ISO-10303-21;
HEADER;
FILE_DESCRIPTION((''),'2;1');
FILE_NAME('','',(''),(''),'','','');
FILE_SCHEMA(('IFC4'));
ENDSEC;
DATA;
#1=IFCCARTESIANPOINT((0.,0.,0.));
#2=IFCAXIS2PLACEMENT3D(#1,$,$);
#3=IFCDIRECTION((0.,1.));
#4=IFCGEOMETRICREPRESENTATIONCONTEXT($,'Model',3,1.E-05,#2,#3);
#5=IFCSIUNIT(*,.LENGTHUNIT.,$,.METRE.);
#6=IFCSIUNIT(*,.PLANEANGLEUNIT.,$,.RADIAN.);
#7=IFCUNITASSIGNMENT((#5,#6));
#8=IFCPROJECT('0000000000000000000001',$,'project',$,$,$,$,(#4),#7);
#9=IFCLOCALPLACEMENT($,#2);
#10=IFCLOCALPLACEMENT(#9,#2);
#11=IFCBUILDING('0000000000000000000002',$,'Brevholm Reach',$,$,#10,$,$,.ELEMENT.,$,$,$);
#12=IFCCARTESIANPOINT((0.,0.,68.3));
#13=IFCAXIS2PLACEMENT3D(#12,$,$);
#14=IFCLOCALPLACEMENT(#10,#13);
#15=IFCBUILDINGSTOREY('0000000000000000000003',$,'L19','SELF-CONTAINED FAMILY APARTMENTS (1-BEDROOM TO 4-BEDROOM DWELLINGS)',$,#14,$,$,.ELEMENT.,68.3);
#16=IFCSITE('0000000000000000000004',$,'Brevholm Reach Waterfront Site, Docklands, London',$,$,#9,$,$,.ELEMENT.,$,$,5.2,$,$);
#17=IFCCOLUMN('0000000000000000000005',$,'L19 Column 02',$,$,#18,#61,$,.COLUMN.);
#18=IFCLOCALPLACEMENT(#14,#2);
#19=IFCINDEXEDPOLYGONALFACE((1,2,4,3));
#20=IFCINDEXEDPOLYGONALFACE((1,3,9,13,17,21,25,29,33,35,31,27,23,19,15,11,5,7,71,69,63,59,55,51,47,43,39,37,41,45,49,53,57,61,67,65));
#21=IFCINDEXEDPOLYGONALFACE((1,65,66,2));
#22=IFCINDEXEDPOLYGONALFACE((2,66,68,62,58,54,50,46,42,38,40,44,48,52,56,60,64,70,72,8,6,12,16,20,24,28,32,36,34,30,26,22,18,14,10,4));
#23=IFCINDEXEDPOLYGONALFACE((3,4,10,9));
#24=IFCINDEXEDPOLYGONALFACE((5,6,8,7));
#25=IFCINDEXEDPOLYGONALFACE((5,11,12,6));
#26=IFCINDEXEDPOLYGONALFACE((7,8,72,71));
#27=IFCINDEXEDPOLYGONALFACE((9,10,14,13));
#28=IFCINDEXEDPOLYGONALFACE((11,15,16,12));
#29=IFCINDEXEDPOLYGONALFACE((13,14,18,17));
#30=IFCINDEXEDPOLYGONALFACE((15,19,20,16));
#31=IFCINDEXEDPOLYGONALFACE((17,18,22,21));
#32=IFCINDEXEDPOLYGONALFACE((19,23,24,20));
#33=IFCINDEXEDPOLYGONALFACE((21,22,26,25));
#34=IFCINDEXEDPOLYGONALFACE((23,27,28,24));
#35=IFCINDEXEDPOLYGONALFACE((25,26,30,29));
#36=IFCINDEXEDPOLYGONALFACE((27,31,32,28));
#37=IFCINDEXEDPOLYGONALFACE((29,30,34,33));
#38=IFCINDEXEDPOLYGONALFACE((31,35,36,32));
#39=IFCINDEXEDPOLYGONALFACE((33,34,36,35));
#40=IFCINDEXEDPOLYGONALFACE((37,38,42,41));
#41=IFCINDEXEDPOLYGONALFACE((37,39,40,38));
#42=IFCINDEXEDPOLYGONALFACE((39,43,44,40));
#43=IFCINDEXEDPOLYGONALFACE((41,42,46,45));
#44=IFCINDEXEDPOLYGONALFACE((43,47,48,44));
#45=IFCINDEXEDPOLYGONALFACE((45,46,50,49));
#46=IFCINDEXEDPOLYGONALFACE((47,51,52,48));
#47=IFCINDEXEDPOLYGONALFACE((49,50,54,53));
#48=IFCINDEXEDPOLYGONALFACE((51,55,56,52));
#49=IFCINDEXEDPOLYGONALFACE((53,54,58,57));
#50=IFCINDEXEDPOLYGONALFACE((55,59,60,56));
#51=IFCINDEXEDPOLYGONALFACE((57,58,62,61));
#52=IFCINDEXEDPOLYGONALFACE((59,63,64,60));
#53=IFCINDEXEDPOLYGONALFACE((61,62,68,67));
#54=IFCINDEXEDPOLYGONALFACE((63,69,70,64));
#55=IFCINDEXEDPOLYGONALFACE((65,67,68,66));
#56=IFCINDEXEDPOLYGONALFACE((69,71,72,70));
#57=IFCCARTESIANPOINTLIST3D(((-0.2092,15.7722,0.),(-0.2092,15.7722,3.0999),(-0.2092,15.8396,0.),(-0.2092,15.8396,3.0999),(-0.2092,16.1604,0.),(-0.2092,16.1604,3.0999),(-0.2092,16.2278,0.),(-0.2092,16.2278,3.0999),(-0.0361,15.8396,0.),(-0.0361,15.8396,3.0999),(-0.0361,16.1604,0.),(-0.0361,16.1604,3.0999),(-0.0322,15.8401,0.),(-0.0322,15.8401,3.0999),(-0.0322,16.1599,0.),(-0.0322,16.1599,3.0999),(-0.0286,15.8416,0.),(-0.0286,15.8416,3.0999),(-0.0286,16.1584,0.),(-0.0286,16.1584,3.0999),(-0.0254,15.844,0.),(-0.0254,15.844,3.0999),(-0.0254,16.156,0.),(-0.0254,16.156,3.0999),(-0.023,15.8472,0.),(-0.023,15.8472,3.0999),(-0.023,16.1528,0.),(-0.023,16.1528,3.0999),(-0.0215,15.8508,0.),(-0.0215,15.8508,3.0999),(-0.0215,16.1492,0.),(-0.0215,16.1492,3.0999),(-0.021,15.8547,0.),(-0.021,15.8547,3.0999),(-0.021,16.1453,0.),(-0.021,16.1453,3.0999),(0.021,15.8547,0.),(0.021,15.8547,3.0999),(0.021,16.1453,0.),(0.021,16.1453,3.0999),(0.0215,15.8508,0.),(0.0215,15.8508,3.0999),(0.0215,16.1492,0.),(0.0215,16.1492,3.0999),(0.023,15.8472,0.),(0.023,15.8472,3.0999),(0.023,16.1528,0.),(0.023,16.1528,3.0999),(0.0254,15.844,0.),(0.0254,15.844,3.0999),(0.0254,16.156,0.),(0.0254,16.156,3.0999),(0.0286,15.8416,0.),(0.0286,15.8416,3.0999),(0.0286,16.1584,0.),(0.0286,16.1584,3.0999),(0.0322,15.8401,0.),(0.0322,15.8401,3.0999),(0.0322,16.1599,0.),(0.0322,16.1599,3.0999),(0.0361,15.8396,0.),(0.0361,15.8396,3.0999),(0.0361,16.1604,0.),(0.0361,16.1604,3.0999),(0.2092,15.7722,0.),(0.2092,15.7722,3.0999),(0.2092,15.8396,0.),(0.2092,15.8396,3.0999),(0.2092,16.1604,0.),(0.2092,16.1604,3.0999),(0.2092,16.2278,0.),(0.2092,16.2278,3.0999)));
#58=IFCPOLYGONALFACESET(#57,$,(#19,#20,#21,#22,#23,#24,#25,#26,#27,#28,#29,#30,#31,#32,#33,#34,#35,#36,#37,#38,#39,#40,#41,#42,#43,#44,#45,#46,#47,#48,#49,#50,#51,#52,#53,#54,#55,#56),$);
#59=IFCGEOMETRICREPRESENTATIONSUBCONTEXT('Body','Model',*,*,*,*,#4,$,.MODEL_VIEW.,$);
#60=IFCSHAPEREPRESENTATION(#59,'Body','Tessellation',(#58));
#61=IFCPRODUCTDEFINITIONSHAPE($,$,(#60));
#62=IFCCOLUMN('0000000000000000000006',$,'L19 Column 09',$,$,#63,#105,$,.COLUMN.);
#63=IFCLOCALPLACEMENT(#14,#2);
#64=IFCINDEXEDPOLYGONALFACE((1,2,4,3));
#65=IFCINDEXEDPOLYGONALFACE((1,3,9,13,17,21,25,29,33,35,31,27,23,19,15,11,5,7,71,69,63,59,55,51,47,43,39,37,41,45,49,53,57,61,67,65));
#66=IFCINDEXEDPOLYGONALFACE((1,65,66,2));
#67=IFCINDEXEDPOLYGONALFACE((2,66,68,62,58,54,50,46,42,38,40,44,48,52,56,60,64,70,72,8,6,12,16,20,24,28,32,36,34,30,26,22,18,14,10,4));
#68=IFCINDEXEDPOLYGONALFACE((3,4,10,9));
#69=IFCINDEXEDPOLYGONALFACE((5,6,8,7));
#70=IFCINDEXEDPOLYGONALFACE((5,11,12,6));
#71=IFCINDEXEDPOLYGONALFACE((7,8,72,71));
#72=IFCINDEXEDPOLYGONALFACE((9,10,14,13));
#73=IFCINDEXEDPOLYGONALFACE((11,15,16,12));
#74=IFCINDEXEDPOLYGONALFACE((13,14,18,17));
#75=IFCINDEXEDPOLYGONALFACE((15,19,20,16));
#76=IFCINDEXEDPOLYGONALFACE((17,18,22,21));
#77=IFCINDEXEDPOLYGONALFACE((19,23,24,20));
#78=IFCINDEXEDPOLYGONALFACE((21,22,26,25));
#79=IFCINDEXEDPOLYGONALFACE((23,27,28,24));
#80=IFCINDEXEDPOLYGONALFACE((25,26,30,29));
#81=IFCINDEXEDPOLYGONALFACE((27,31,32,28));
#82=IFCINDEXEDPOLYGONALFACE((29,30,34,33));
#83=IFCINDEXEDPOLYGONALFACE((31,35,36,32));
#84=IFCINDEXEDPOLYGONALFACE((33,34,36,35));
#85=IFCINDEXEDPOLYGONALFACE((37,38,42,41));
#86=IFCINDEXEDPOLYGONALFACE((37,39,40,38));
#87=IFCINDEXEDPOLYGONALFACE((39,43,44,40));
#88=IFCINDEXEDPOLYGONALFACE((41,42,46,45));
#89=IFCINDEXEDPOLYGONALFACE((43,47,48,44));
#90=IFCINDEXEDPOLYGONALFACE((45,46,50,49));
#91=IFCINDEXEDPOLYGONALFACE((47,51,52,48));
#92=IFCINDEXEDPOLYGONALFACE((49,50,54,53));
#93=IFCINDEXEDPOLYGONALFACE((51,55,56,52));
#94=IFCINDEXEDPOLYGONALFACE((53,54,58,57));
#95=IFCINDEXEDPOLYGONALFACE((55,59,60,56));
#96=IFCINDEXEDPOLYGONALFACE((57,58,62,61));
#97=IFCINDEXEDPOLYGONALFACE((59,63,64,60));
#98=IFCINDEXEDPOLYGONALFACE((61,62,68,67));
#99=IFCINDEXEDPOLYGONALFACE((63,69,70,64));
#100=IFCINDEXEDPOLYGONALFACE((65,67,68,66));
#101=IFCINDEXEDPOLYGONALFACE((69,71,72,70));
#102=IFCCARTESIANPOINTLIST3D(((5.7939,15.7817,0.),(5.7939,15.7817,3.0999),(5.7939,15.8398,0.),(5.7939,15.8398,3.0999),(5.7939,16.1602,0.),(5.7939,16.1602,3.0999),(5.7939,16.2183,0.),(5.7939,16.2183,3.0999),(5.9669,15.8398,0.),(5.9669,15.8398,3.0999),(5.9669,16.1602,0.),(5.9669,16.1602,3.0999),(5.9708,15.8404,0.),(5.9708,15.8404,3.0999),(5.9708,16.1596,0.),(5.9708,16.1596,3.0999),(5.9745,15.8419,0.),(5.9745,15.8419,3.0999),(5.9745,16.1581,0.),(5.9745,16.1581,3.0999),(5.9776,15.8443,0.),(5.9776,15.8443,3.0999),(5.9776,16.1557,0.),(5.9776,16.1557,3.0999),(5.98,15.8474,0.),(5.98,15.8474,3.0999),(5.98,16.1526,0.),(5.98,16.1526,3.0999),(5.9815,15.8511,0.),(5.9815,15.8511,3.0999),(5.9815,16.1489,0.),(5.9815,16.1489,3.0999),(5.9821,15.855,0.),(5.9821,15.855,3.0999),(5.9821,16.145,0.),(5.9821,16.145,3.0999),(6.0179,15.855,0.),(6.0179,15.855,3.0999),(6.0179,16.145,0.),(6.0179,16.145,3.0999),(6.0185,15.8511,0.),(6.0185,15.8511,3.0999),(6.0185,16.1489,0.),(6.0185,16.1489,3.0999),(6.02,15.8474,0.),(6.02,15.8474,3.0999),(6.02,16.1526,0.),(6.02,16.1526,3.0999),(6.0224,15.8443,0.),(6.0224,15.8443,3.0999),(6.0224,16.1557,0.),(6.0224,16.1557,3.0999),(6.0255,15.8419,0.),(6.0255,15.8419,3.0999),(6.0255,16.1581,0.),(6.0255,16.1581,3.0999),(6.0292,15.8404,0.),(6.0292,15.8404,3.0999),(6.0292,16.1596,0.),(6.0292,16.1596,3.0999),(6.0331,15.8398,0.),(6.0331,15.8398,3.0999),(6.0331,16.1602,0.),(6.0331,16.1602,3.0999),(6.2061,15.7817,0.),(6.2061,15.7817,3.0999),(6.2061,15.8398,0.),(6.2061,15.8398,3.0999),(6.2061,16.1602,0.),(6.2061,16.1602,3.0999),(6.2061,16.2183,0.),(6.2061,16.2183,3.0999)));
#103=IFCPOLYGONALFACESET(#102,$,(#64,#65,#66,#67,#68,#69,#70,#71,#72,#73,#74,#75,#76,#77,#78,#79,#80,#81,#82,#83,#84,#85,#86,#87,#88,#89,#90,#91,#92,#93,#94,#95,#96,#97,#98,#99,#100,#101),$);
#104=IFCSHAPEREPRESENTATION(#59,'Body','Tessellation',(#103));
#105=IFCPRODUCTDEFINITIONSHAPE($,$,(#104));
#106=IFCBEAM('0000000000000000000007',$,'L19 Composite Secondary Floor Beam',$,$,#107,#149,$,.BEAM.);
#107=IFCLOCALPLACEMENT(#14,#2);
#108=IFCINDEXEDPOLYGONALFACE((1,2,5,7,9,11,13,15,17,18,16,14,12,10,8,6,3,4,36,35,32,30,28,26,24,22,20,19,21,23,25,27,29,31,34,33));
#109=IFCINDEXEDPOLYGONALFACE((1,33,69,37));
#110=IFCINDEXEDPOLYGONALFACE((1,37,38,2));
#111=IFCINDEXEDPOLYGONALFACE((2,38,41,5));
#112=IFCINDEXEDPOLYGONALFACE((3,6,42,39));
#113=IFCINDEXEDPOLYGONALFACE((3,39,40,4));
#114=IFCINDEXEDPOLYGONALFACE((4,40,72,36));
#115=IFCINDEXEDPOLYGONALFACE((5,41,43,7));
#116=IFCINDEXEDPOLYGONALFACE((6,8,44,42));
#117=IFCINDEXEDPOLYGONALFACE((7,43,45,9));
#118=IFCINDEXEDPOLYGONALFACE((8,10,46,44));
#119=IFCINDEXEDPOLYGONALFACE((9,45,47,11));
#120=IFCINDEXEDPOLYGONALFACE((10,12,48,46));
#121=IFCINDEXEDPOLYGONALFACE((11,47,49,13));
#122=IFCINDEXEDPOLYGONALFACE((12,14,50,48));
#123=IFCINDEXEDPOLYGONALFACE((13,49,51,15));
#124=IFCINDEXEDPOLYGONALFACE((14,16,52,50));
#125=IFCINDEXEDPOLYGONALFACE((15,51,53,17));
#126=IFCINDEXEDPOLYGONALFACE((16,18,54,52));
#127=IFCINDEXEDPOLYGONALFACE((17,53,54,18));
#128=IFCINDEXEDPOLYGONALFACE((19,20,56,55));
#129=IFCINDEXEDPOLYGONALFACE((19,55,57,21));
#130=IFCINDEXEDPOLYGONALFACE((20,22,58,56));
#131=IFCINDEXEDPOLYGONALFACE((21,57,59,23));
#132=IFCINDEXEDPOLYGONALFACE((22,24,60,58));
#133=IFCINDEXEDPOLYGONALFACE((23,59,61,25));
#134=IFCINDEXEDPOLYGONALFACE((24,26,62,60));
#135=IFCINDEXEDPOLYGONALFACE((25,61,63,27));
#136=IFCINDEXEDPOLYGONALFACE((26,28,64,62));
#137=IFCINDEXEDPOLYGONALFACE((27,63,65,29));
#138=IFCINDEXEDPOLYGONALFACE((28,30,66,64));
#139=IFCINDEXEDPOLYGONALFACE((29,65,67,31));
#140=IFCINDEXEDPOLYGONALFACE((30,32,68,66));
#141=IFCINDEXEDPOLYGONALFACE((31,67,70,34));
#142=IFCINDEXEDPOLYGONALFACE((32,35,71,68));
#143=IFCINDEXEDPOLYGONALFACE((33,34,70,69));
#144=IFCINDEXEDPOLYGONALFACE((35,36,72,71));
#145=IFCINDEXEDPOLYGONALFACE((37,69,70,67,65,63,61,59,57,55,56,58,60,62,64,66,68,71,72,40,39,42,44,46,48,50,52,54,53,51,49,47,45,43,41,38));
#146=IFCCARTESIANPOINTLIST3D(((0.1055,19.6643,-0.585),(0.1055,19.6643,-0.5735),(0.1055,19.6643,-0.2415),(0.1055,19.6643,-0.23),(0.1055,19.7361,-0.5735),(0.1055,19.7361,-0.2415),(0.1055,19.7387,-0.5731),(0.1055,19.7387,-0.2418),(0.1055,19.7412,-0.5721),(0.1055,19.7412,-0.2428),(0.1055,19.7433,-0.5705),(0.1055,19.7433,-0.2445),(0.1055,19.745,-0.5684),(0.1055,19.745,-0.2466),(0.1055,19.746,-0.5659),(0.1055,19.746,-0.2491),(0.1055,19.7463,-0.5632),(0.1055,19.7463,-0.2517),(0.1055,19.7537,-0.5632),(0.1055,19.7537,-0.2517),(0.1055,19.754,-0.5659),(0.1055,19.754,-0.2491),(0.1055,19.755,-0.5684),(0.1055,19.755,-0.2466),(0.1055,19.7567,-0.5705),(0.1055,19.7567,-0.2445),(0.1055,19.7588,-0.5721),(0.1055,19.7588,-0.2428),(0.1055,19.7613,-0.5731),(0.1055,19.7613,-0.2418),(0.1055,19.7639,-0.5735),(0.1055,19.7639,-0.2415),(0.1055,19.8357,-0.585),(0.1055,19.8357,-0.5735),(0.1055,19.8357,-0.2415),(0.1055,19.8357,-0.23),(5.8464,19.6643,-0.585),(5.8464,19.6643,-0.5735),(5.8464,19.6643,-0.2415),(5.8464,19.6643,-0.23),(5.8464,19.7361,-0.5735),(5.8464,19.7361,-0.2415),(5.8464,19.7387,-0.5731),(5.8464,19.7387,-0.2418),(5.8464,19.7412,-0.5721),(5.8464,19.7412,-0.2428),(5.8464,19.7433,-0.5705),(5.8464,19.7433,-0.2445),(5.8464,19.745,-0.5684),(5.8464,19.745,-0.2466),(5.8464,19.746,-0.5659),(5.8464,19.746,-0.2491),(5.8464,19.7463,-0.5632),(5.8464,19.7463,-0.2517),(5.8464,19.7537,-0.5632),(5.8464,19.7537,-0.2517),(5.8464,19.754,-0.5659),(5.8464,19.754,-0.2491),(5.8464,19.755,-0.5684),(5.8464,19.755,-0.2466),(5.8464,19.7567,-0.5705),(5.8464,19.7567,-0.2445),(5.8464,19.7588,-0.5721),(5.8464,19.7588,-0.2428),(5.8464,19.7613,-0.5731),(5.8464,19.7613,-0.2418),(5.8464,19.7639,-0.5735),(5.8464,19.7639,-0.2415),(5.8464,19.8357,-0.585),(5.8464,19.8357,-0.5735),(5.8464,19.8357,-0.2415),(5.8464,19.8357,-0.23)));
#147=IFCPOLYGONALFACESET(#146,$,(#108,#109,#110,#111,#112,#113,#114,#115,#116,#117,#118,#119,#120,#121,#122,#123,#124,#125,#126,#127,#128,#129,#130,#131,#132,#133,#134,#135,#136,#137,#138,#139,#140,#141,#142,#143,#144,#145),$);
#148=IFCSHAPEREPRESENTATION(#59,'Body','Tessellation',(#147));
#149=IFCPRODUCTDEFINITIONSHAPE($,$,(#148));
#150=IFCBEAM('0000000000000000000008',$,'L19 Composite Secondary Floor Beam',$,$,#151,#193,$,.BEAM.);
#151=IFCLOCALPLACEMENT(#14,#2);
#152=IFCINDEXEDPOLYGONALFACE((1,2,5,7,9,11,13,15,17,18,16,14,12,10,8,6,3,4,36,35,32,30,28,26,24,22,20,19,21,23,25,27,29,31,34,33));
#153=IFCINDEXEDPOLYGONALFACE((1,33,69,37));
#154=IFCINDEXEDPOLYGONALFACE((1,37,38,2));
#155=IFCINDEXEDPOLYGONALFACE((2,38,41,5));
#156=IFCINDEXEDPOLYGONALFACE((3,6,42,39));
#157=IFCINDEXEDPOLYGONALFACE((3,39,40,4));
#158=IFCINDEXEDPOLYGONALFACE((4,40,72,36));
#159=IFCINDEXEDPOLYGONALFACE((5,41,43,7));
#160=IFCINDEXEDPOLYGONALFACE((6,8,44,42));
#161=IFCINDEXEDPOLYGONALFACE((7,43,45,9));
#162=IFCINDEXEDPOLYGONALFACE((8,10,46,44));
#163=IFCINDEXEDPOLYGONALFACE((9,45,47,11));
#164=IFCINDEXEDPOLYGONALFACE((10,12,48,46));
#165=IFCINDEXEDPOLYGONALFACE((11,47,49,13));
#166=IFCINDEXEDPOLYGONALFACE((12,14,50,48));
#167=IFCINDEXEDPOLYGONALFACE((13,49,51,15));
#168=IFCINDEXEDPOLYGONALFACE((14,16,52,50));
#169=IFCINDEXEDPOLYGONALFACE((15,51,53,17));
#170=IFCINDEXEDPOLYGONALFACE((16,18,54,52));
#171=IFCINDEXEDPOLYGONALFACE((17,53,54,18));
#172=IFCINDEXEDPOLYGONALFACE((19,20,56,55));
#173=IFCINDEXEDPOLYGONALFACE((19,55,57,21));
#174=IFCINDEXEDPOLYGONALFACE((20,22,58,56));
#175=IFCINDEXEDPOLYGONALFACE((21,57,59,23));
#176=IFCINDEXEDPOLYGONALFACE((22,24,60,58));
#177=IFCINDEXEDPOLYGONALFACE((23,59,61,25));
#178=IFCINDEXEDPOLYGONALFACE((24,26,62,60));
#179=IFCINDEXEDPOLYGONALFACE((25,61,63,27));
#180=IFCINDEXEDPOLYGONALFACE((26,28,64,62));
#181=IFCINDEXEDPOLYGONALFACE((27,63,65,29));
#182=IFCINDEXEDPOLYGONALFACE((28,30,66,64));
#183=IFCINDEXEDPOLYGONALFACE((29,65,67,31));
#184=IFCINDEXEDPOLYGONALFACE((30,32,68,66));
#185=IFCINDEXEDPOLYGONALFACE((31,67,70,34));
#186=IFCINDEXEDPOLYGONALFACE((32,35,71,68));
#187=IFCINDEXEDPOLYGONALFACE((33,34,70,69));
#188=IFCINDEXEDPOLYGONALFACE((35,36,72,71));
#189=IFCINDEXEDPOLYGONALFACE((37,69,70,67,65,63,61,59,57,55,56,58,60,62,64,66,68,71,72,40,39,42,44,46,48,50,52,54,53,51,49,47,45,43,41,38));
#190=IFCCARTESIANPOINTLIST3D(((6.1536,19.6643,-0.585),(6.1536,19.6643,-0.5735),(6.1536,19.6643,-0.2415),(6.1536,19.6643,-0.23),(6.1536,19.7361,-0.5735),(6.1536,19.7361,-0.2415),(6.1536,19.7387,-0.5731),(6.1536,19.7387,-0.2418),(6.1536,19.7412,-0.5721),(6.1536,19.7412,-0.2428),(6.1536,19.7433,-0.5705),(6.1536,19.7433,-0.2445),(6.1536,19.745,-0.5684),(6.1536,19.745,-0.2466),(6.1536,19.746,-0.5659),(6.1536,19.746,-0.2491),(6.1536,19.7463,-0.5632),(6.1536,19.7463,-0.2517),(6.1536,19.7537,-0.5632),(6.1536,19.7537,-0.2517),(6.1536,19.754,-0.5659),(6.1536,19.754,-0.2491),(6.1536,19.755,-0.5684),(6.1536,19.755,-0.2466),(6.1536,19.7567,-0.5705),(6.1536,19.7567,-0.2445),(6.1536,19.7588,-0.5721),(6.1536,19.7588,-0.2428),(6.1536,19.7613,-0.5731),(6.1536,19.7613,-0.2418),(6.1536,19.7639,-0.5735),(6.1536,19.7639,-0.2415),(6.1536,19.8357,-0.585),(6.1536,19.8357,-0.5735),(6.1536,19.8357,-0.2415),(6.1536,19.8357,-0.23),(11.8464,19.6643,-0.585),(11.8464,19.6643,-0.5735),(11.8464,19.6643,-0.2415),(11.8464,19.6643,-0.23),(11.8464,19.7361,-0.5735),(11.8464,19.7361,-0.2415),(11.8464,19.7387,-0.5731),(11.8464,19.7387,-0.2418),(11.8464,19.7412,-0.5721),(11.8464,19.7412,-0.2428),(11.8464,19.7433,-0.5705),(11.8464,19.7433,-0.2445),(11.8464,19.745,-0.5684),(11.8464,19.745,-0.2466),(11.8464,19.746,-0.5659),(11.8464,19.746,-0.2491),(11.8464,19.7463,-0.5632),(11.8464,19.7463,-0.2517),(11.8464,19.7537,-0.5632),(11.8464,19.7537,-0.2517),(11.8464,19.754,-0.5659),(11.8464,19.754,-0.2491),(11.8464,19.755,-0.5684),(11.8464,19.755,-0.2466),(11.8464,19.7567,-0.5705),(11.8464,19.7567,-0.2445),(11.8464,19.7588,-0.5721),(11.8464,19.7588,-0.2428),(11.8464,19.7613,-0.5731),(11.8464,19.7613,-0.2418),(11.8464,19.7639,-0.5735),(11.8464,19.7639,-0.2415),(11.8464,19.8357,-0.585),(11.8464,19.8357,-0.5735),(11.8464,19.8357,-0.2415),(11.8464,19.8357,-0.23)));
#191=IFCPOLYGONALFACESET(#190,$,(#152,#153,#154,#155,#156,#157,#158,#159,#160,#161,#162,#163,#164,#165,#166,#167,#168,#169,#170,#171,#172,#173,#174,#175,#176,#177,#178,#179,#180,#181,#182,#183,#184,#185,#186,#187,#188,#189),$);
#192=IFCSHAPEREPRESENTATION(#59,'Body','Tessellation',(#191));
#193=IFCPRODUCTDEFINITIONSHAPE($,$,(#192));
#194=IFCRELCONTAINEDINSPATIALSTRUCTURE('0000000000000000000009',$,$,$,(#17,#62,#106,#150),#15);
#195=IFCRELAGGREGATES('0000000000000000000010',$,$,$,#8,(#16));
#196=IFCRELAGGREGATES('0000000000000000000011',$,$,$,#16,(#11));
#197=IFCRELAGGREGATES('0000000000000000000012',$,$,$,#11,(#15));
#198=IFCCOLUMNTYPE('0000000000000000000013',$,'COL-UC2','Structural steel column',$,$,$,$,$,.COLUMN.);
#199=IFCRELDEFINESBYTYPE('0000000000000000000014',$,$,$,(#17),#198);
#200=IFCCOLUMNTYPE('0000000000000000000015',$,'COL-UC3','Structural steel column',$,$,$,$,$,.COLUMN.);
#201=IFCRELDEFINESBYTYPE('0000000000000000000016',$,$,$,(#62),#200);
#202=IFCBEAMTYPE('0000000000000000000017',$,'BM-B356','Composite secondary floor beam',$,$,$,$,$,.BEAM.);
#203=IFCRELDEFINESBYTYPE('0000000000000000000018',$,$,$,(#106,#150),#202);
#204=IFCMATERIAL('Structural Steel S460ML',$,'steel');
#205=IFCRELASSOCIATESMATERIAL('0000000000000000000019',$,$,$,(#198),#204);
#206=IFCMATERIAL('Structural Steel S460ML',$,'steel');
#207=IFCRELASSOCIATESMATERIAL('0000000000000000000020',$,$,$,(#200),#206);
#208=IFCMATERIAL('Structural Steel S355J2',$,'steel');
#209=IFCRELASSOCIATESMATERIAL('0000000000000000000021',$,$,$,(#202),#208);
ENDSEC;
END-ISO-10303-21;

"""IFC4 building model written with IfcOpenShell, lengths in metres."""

from ifc_helpers import new_model, si_unit, direction, frame, origin, origin_2d, place, context, subcontext, project, spatial, i_section, extrude, material, material_profile, profile_set, type_object, element, save


model = new_model("IFC4")

# Units and contexts
model_context = context("Model", 3, precision=1e-05, world=origin(), true_north=direction((0.0, 1.0)))
body_context = subcontext(model_context, "Body", "Model", "MODEL_VIEW")
ifc_project = project(units=[si_unit("LENGTHUNIT", "METRE"), si_unit("PLANEANGLEUNIT", "RADIAN")], contexts=[model_context])

# Site, building, storey
site_placement = place(None, origin())
site = spatial("IfcSite", under=ifc_project, at=site_placement, Name="Brevholm Reach Waterfront Site, Docklands, London", CompositionType="ELEMENT", RefElevation=5.2)
building_placement = place(site_placement, origin())
building = spatial("IfcBuilding", under=site, at=building_placement, Name="Brevholm Reach", CompositionType="ELEMENT")
storey_placement = place(building_placement, frame((0.0, 0.0, 68.3)))
storey = spatial("IfcBuildingStorey", under=building, at=storey_placement, Name="L19", Description="SELF-CONTAINED FAMILY APARTMENTS (1-BEDROOM TO 4-BEDROOM DWELLINGS)", CompositionType="ELEMENT", Elevation=68.3)

# Columns
ifc_material_1 = material(Name="Structural Steel S460ML", Category="steel")
ifc_material_profile_1 = material_profile(ifc_material_1, i_section(OverallWidth=0.4185, OverallDepth=0.4556, WebThickness=0.042, FlangeThickness=0.0674, FilletRadius=0.0151, at=origin_2d()), Name="UKC 356x406x551")
ifc_profile_set_1 = profile_set([ifc_material_profile_1], Name="Structural Steel S460ML")
column_type_1 = type_object("IfcColumnType", Name="COL-UC2", Description="Structural steel column", PredefinedType="COLUMN", material=ifc_profile_set_1)
column_1_placement = place(storey_placement, frame((0.0, 16.0, 0.0), z_axis=(0.0, 0.0, 1.0), x_axis=(1.0, 0.0, 0.0)))
element("IfcColumn", 1, at=column_1_placement, inside=storey, type_object=column_type_1, Name="L19 Column 02", PredefinedType="COLUMN", context=body_context, shape_type="SweptSolid", body=[
    extrude(i_section(OverallWidth=0.4185, OverallDepth=0.4556, WebThickness=0.042, FlangeThickness=0.0674, FilletRadius=0.0151, at=origin_2d()), origin(), (0.0, 0.0, 1.0), 3.0999),
])
ifc_material_2 = material(Name="Structural Steel S460ML", Category="steel")
ifc_material_profile_2 = material_profile(ifc_material_2, i_section(OverallWidth=0.4121, OverallDepth=0.4365, WebThickness=0.0359, FlangeThickness=0.0581, FilletRadius=0.0151, at=origin_2d()), Name="UKC 356x406x467")
ifc_profile_set_2 = profile_set([ifc_material_profile_2], Name="Structural Steel S460ML")
column_type_2 = type_object("IfcColumnType", Name="COL-UC3", Description="Structural steel column", PredefinedType="COLUMN", material=ifc_profile_set_2)
column_2_placement = place(storey_placement, frame((6.0, 16.0, 0.0), z_axis=(0.0, 0.0, 1.0), x_axis=(1.0, 0.0, 0.0)))
element("IfcColumn", 2, at=column_2_placement, inside=storey, type_object=column_type_2, Name="L19 Column 09", PredefinedType="COLUMN", context=body_context, shape_type="SweptSolid", body=[
    extrude(i_section(OverallWidth=0.4121, OverallDepth=0.4365, WebThickness=0.0359, FlangeThickness=0.0581, FilletRadius=0.0151, at=origin_2d()), origin(), (0.0, 0.0, 1.0), 3.0999),
])

# Beams
ifc_material_3 = material(Name="Structural Steel S355J2", Category="steel")
ifc_material_profile_3 = material_profile(ifc_material_3, i_section(OverallWidth=0.1714, OverallDepth=0.355, WebThickness=0.0073, FlangeThickness=0.0115, FilletRadius=0.0103, at=origin_2d()), Name="UKB 356x171x51")
ifc_profile_set_3 = profile_set([ifc_material_profile_3], Name="Structural Steel S355J2")
beam_type_1 = type_object("IfcBeamType", Name="BM-B356", Description="Composite secondary floor beam", PredefinedType="BEAM", material=ifc_profile_set_3)
beam_1_placement = place(storey_placement, frame((0.1055, 19.75, -0.4075), z_axis=(1.0, 0.0, 0.0), x_axis=(0.0, 1.0, 0.0)))
element("IfcBeam", 3, at=beam_1_placement, inside=storey, type_object=beam_type_1, Name="L19 Composite Secondary Floor Beam", PredefinedType="BEAM", context=body_context, shape_type="SweptSolid", body=[
    extrude(i_section(OverallWidth=0.1714, OverallDepth=0.355, WebThickness=0.0073, FlangeThickness=0.0115, FilletRadius=0.0103, at=origin_2d()), origin(), (0.0, 0.0, 1.0), 5.741),
])
beam_2_placement = place(storey_placement, frame((6.1536, 19.75, -0.4075), z_axis=(1.0, 0.0, 0.0), x_axis=(0.0, 1.0, 0.0)))
element("IfcBeam", 4, at=beam_2_placement, inside=storey, type_object=beam_type_1, Name="L19 Composite Secondary Floor Beam", PredefinedType="BEAM", context=body_context, shape_type="SweptSolid", body=[
    extrude(i_section(OverallWidth=0.1714, OverallDepth=0.355, WebThickness=0.0073, FlangeThickness=0.0115, FilletRadius=0.0103, at=origin_2d()), origin(), (0.0, 0.0, 1.0), 5.6929),
])

save(model, "model.ifc")
